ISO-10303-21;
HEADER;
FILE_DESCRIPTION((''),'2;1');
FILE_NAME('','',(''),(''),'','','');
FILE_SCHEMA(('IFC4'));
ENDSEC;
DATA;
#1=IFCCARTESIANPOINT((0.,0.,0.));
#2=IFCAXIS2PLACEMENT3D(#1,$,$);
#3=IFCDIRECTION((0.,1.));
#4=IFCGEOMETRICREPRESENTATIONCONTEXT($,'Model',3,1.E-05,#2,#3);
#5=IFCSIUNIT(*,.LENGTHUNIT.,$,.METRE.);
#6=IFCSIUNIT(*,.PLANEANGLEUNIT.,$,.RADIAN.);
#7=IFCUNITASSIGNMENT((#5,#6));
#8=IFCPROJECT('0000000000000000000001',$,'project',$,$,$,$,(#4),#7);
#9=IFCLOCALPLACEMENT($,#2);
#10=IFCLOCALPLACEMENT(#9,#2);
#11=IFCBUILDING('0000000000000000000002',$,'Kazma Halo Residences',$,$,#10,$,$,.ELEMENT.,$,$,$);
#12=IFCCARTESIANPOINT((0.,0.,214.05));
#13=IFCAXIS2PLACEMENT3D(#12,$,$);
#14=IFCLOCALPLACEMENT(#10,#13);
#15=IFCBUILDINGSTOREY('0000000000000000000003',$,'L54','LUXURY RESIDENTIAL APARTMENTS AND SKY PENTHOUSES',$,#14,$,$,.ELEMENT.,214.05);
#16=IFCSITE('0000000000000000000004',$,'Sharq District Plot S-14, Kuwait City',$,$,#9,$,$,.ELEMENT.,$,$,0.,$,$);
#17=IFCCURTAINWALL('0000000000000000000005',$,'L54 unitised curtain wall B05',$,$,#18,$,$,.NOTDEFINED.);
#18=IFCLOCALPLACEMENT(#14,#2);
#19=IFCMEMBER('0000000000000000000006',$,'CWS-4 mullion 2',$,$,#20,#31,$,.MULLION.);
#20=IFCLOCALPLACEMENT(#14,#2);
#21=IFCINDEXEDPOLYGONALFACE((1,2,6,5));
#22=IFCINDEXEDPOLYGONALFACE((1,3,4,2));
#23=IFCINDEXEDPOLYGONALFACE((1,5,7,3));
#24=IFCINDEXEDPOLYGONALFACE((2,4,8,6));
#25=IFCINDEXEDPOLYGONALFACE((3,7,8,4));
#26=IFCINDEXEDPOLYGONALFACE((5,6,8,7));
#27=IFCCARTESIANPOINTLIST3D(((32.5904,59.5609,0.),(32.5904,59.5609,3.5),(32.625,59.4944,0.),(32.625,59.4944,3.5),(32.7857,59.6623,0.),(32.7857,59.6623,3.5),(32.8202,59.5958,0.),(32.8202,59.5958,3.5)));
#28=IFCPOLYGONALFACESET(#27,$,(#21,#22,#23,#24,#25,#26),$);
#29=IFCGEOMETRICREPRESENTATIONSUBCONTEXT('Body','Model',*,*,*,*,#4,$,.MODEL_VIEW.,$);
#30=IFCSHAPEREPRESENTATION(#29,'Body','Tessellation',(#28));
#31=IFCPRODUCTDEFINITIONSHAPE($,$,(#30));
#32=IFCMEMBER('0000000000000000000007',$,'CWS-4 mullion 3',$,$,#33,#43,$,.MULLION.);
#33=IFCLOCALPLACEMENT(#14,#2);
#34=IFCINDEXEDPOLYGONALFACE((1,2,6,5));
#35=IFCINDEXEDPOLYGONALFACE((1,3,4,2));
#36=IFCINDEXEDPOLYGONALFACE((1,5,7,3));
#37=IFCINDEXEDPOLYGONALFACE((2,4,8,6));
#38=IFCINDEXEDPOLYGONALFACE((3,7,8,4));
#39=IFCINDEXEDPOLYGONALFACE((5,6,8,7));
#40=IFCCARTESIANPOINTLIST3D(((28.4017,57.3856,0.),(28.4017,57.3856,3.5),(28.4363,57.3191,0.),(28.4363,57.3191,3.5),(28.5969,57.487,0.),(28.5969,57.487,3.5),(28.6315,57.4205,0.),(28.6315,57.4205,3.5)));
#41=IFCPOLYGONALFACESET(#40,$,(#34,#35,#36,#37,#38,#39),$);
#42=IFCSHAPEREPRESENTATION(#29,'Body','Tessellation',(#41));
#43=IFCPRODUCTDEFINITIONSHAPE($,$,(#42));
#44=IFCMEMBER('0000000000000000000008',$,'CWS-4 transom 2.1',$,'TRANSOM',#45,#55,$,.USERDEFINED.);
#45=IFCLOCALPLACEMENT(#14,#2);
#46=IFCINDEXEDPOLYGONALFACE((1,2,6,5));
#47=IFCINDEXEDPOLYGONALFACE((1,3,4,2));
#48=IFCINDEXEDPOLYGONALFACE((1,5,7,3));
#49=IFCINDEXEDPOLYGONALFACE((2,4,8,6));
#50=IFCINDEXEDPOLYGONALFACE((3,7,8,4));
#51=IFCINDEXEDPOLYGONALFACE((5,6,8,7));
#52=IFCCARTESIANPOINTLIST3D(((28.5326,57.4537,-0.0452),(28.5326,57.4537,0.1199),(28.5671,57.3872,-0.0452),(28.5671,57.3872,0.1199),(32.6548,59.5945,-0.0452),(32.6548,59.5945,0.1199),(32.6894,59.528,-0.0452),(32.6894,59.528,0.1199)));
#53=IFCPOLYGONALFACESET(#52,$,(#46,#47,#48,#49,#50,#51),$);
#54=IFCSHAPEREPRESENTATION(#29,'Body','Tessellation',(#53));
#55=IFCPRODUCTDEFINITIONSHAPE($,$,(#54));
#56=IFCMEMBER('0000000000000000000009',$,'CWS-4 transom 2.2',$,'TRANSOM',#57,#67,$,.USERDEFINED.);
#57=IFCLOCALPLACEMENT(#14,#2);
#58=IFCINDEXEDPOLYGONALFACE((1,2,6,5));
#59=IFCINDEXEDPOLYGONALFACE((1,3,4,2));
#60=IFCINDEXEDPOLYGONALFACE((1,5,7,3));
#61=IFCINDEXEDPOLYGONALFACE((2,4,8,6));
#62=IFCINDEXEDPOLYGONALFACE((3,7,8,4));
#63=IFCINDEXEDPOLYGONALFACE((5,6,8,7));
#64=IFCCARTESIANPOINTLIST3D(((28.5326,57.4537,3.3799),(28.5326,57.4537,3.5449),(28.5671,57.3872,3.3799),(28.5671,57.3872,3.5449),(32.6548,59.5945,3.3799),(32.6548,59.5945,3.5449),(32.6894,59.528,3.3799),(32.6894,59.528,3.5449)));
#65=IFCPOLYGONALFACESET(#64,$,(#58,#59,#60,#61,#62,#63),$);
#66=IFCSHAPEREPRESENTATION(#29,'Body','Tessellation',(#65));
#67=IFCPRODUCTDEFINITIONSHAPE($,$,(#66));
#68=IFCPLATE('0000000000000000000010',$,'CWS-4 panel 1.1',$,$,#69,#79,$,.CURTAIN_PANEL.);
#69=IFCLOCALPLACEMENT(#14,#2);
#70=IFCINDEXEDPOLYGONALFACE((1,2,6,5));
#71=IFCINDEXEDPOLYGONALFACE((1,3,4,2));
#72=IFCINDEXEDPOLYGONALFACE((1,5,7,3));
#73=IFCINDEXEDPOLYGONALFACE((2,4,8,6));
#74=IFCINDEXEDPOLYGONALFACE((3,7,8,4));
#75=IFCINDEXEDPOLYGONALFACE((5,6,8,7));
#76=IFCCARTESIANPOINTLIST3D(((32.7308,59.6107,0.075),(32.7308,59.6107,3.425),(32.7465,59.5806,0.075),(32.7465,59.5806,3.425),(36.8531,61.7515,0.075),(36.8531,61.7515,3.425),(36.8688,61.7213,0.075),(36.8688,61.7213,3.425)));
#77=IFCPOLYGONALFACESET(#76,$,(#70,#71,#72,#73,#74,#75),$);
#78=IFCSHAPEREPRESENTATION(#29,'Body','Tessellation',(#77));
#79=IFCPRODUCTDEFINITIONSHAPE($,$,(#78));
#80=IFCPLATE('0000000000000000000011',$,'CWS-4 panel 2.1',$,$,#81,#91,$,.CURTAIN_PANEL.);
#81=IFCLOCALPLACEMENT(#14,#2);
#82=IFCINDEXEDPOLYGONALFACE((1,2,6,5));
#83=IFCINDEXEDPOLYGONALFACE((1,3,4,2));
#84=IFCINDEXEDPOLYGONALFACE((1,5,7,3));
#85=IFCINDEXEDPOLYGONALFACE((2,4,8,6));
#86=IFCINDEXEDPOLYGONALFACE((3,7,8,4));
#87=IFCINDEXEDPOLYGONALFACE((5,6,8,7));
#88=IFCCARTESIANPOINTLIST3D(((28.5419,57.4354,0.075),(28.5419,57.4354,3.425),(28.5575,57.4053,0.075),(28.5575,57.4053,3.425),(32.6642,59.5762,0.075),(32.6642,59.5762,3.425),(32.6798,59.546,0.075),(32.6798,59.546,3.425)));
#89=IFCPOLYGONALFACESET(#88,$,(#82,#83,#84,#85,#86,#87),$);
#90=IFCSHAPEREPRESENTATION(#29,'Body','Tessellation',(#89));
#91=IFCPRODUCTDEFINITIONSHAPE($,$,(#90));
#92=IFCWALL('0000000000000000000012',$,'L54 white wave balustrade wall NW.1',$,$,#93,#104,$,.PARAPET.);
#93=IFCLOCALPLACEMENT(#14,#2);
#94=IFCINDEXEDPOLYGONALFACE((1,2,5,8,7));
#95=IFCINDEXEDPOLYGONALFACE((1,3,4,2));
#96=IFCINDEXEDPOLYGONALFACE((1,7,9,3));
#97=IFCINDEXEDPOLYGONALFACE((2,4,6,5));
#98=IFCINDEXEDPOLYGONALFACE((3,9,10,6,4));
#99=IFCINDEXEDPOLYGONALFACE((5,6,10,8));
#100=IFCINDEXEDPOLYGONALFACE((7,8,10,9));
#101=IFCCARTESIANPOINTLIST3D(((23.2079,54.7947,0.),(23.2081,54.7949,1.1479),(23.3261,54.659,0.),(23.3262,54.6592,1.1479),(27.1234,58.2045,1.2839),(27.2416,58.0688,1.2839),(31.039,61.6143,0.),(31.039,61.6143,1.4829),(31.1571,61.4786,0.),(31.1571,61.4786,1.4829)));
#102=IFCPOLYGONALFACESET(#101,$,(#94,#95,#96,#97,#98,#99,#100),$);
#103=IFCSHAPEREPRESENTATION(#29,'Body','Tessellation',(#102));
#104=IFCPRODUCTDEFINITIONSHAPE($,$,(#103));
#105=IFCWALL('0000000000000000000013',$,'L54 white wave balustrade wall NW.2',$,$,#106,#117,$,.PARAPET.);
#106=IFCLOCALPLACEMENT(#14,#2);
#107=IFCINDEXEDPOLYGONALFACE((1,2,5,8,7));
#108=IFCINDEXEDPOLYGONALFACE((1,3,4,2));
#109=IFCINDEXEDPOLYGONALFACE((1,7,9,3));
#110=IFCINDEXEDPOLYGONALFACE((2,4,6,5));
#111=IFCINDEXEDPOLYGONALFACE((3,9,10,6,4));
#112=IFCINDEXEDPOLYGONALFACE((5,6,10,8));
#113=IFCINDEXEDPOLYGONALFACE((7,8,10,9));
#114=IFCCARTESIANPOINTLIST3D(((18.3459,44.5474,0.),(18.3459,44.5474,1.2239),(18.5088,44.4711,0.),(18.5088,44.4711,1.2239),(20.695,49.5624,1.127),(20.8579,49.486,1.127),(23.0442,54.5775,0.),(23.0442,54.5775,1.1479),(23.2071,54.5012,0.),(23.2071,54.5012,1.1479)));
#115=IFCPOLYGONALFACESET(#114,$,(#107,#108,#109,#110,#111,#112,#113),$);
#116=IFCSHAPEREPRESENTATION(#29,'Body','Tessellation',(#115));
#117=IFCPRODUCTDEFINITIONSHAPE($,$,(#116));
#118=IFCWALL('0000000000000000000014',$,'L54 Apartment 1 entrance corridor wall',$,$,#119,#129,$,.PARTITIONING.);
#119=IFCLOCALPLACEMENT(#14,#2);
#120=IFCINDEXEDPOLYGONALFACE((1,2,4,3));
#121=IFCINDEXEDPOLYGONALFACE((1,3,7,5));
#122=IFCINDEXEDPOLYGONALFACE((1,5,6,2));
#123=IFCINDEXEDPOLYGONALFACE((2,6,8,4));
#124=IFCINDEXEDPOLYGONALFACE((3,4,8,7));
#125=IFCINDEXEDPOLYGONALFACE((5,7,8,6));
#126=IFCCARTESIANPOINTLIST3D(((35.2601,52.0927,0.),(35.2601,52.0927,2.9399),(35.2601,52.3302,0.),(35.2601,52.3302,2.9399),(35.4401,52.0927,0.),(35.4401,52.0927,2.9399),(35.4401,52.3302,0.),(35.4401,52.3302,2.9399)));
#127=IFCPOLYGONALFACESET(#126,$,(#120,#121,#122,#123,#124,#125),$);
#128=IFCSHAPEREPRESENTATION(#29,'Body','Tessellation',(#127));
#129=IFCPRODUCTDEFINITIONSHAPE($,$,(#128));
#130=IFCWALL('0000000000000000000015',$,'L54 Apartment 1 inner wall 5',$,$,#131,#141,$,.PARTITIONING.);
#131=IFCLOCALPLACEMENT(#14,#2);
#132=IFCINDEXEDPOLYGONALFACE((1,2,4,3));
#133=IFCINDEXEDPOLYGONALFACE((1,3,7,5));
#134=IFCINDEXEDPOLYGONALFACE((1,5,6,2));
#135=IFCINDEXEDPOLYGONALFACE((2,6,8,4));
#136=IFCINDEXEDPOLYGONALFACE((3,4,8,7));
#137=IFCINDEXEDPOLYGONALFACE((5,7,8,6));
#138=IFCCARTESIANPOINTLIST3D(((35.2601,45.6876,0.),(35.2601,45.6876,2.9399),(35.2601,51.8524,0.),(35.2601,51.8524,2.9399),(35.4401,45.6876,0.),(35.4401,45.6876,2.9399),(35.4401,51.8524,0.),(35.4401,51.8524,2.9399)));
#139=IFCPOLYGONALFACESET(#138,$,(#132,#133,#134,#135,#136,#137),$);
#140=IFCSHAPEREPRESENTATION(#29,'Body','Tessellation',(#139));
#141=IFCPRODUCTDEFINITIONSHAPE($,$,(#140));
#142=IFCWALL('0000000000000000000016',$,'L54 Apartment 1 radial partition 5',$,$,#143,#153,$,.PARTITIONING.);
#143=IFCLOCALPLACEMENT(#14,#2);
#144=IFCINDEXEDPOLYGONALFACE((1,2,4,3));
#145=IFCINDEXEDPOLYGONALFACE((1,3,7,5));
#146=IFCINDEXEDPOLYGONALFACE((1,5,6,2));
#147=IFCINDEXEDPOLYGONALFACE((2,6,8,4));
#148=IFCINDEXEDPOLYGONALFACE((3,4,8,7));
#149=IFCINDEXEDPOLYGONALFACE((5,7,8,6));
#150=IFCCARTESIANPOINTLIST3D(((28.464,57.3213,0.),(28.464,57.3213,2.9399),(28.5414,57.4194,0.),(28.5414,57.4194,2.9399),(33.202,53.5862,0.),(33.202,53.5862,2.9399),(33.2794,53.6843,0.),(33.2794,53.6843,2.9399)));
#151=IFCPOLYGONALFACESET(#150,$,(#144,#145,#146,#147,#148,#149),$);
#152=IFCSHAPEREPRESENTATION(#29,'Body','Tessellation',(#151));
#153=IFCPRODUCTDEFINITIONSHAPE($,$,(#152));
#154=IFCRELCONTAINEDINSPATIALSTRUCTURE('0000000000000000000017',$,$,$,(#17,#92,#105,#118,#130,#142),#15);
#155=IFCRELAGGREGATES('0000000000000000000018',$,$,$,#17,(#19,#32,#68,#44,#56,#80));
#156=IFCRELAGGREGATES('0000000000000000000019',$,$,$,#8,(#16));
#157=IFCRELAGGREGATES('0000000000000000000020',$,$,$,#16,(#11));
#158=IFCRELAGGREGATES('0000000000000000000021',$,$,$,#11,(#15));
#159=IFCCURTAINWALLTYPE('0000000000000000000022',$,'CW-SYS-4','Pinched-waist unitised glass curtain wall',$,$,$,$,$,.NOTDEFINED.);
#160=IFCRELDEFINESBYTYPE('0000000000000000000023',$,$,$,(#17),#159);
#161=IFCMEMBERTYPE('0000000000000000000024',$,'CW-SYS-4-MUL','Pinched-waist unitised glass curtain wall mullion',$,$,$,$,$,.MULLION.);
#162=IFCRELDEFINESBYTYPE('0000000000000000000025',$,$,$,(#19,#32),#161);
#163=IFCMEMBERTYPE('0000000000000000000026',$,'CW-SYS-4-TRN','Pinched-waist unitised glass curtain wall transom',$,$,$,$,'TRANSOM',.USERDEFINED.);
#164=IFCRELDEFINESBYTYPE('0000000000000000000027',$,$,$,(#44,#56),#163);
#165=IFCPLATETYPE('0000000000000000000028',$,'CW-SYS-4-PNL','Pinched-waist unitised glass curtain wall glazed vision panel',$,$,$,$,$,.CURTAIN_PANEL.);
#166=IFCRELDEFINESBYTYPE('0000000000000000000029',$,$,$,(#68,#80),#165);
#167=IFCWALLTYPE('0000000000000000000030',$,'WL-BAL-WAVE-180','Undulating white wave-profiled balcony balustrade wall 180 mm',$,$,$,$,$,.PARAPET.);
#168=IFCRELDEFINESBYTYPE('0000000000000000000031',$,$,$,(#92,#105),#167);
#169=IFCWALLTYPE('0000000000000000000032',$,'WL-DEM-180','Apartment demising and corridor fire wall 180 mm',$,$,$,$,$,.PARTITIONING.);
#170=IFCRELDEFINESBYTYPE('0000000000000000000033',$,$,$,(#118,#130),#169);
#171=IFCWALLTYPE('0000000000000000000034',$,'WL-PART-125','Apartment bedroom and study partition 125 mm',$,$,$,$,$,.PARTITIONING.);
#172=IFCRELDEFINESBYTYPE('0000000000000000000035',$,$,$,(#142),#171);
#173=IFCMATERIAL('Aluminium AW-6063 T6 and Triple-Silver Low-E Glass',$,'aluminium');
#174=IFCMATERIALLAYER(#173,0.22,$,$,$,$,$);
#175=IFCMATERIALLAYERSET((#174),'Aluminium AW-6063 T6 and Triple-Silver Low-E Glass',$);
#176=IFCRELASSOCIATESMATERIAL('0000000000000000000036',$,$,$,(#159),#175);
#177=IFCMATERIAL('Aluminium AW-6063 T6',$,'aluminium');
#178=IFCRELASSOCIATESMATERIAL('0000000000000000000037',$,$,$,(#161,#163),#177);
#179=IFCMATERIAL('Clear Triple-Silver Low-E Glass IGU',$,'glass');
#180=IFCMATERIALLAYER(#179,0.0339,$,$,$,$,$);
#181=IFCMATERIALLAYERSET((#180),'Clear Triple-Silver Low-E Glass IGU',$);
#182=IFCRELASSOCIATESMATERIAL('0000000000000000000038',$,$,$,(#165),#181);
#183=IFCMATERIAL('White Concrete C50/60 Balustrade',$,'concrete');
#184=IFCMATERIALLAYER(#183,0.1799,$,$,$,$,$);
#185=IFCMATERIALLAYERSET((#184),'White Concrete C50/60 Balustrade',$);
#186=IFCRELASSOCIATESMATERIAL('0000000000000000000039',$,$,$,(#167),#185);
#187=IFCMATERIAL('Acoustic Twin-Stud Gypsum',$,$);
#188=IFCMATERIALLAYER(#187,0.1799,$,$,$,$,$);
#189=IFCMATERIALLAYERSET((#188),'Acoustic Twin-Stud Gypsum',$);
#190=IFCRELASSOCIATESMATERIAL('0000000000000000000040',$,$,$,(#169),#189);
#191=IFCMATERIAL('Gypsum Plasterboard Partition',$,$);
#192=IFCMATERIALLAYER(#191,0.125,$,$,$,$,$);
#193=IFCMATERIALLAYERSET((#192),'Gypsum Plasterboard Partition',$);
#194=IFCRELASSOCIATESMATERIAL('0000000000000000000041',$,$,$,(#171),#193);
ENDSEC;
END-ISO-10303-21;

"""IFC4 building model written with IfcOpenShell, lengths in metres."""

from ifc_helpers import new_model, si_unit, direction, frame, frame_2d, origin, origin_2d, place, context, subcontext, project, spatial, polyline, rectangle, outline, extrude, material, layer, layer_set, material_profile, profile_set, type_object, element, aggregate, save


model = new_model("IFC4")

# Units and contexts
model_context = context("Model", 3, precision=1e-05, world=origin(), true_north=direction((0.0, 1.0)))
body_context = subcontext(model_context, "Body", "Model", "MODEL_VIEW")
ifc_project = project(units=[si_unit("LENGTHUNIT", "METRE"), si_unit("PLANEANGLEUNIT", "RADIAN")], contexts=[model_context])

# Site, building, storey
site_placement = place(None, origin())
site = spatial("IfcSite", under=ifc_project, at=site_placement, Name="Sharq District Plot S-14, Kuwait City", CompositionType="ELEMENT", RefElevation=0.0)
building_placement = place(site_placement, origin())
building = spatial("IfcBuilding", under=site, at=building_placement, Name="Kazma Halo Residences", CompositionType="ELEMENT")
storey_placement = place(building_placement, frame((0.0, 0.0, 214.05)))
storey = spatial("IfcBuildingStorey", under=building, at=storey_placement, Name="L54", Description="LUXURY RESIDENTIAL APARTMENTS AND SKY PENTHOUSES", CompositionType="ELEMENT", Elevation=214.05)

# Curtain wall, members, plates
ifc_material_1 = material(Name="Aluminium AW-6063 T6 and Triple-Silver Low-E Glass", Category="aluminium")
ifc_layer_1 = layer(ifc_material_1, 0.22)
ifc_layer_set_1 = layer_set([ifc_layer_1], Name="Aluminium AW-6063 T6 and Triple-Silver Low-E Glass")
curtain_wall_type = type_object("IfcCurtainWallType", Name="CW-SYS-4", Description="Pinched-waist unitised glass curtain wall", PredefinedType="NOTDEFINED", material=ifc_layer_set_1)
curtain_wall_placement = place(storey_placement, origin())
curtain_wall = element("IfcCurtainWall", 1, at=curtain_wall_placement, inside=storey, type_object=curtain_wall_type, Name="L54 unitised curtain wall B05", PredefinedType="NOTDEFINED")
ifc_material_2 = material(Name="Aluminium AW-6063 T6", Category="aluminium")
ifc_material_profile_1 = material_profile(ifc_material_2, rectangle(XDim=0.075, YDim=0.22, at=origin_2d()), Name="CWM-75x220")
ifc_profile_set_1 = profile_set([ifc_material_profile_1], Name="Aluminium AW-6063 T6")
member_type_1 = type_object("IfcMemberType", Name="CW-SYS-4-MUL", Description="Pinched-waist unitised glass curtain wall mullion", PredefinedType="MULLION", material=ifc_profile_set_1)
member_1_placement = place(storey_placement, frame((32.7053, 59.5784, 0.0), z_axis=(0.0, 0.0, 1.0), x_axis=(0.460874, -0.887466, 0.0)))
member_1 = element("IfcMember", 2, at=member_1_placement, type_object=member_type_1, Name="CWS-4 mullion 2", PredefinedType="MULLION", context=body_context, shape_type="SweptSolid", body=[
    extrude(rectangle(XDim=0.075, YDim=0.22, at=origin_2d()), origin(), (0.0, 0.0, 1.0), 3.5),
])
member_2_placement = place(storey_placement, frame((28.5166, 57.4031, 0.0), z_axis=(0.0, 0.0, 1.0), x_axis=(0.460874, -0.887466, 0.0)))
member_2 = element("IfcMember", 3, at=member_2_placement, type_object=member_type_1, Name="CWS-4 mullion 3", PredefinedType="MULLION", context=body_context, shape_type="SweptSolid", body=[
    extrude(rectangle(XDim=0.075, YDim=0.22, at=origin_2d()), origin(), (0.0, 0.0, 1.0), 3.5),
])
ifc_material_profile_2 = material_profile(ifc_material_2, rectangle(XDim=0.075, YDim=0.165, at=origin_2d()), Name="CWT-75x165")
ifc_profile_set_2 = profile_set([ifc_material_profile_2], Name="Aluminium AW-6063 T6")
member_type_2 = type_object("IfcMemberType", Name="CW-SYS-4-TRN", Description="Pinched-waist unitised glass curtain wall transom", ElementType="TRANSOM", PredefinedType="USERDEFINED", material=ifc_profile_set_2)
member_3_placement = place(storey_placement, frame((32.6721, 59.5613, 0.0374), z_axis=(-0.887458, -0.460889, 0.0), x_axis=(0.460889, -0.887458, 0.0)))
member_3 = element("IfcMember", 4, at=member_3_placement, type_object=member_type_2, Name="CWS-4 transom 2.1", ObjectType="TRANSOM", PredefinedType="USERDEFINED", context=body_context, shape_type="SweptSolid", body=[
    extrude(rectangle(XDim=0.075, YDim=0.165, at=origin_2d()), origin(), (0.0, 0.0, 1.0), 4.645),
])
member_4_placement = place(storey_placement, frame((32.6721, 59.5613, 3.4624), z_axis=(-0.887458, -0.460889, 0.0), x_axis=(0.460889, -0.887458, 0.0)))
member_4 = element("IfcMember", 5, at=member_4_placement, type_object=member_type_2, Name="CWS-4 transom 2.2", ObjectType="TRANSOM", PredefinedType="USERDEFINED", context=body_context, shape_type="SweptSolid", body=[
    extrude(rectangle(XDim=0.075, YDim=0.165, at=origin_2d()), origin(), (0.0, 0.0, 1.0), 4.645),
])
ifc_material_3 = material(Name="Clear Triple-Silver Low-E Glass IGU", Category="glass")
ifc_layer_2 = layer(ifc_material_3, 0.0339)
ifc_layer_set_2 = layer_set([ifc_layer_2], Name="Clear Triple-Silver Low-E Glass IGU")
plate_type = type_object("IfcPlateType", Name="CW-SYS-4-PNL", Description="Pinched-waist unitised glass curtain wall glazed vision panel", PredefinedType="CURTAIN_PANEL", material=ifc_layer_set_2)
plate_1_placement = place(storey_placement, frame((34.7998, 60.666, 0.075), z_axis=(0.0, 0.0, 1.0), x_axis=(-0.887466, -0.460874, 0.0)))
plate_1 = element("IfcPlate", 6, at=plate_1_placement, type_object=plate_type, Name="CWS-4 panel 1.1", PredefinedType="CURTAIN_PANEL", context=body_context, shape_type="SweptSolid", body=[
    extrude(rectangle(XDim=4.645, YDim=0.0339, at=origin_2d()), origin(), (0.0, 0.0, 1.0), 3.3501),
])
plate_2_placement = place(storey_placement, frame((30.6108, 58.4907, 0.075), z_axis=(0.0, 0.0, 1.0), x_axis=(-0.887466, -0.460874, 0.0)))
plate_2 = element("IfcPlate", 7, at=plate_2_placement, type_object=plate_type, Name="CWS-4 panel 2.1", PredefinedType="CURTAIN_PANEL", context=body_context, shape_type="SweptSolid", body=[
    extrude(rectangle(XDim=4.645, YDim=0.0339, at=origin_2d()), origin(), (0.0, 0.0, 1.0), 3.3501),
])
aggregate(curtain_wall, [member_1, member_2, plate_1, member_3, member_4, plate_2])

# Walls
ifc_material_4 = material(Name="White Concrete C50/60 Balustrade", Category="concrete")
ifc_layer_3 = layer(ifc_material_4, 0.1799)
ifc_layer_set_3 = layer_set([ifc_layer_3], Name="White Concrete C50/60 Balustrade")
wall_type_1 = type_object("IfcWallType", Name="WL-BAL-WAVE-180", Description="Undulating white wave-profiled balcony balustrade wall 180 mm", PredefinedType="PARAPET", material=ifc_layer_set_3)
wall_1_placement = place(storey_placement, frame((31.0981, 61.5464, 0.0), z_axis=(0.0, 0.0, 1.0), x_axis=(-0.75413, -0.656725, 0.0)))
element("IfcWall", 8, at=wall_1_placement, inside=storey, type_object=wall_type_1, Name="L54 white wave balustrade wall NW.1", PredefinedType="PARAPET", context=body_context, shape_type="SweptSolid", body=[
    extrude(outline(polyline([(0.0, 0.0), (10.3843, 0.0), (10.384, 1.1479), (5.1921, 1.2839), (0.0, 1.4829), (0.0, 0.0)])), frame((0.0, 0.0898, 0.0), z_axis=(0.0, -1.0, 0.0), x_axis=(1.0, 0.0, 0.0)), (0.0, 0.0, 1.0), 0.1799),
])
wall_2_placement = place(storey_placement, frame((23.1257, 54.5393, 0.0), z_axis=(0.0, 0.0, 1.0), x_axis=(-0.424187, -0.905575, 0.0)))
element("IfcWall", 9, at=wall_2_placement, inside=storey, type_object=wall_type_1, Name="L54 white wave balustrade wall NW.2", PredefinedType="PARAPET", context=body_context, shape_type="SweptSolid", body=[
    extrude(outline(polyline([(0.0, 0.0), (11.0759, 0.0), (11.0759, 1.2239), (5.5381, 1.127), (0.0, 1.1479), (0.0, 0.0)])), frame((0.0, 0.0898, 0.0), z_axis=(0.0, -1.0, 0.0), x_axis=(1.0, 0.0, 0.0)), (0.0, 0.0, 1.0), 0.1799),
])
ifc_material_5 = material(Name="Acoustic Twin-Stud Gypsum")
ifc_layer_4 = layer(ifc_material_5, 0.1799)
ifc_layer_set_4 = layer_set([ifc_layer_4], Name="Acoustic Twin-Stud Gypsum")
wall_type_2 = type_object("IfcWallType", Name="WL-DEM-180", Description="Apartment demising and corridor fire wall 180 mm", PredefinedType="PARTITIONING", material=ifc_layer_set_4)
wall_3_placement = place(storey_placement, frame((35.3501, 52.3301, 0.0), z_axis=(0.0, 0.0, 1.0), x_axis=(0.0, -1.0, 0.0)))
element("IfcWall", 10, at=wall_3_placement, inside=storey, type_object=wall_type_2, Name="L54 Apartment 1 entrance corridor wall", PredefinedType="PARTITIONING", context=body_context, shape_type="SweptSolid", body=[
    extrude(rectangle(XDim=0.2375, YDim=0.1799, at=frame_2d((0.1187, 0.0))), origin(), (0.0, 0.0, 1.0), 2.9399),
])
wall_4_placement = place(storey_placement, frame((35.3501, 51.8525, 0.0), z_axis=(0.0, 0.0, 1.0), x_axis=(0.0, -1.0, 0.0)))
element("IfcWall", 11, at=wall_4_placement, inside=storey, type_object=wall_type_2, Name="L54 Apartment 1 inner wall 5", PredefinedType="PARTITIONING", context=body_context, shape_type="SweptSolid", body=[
    extrude(rectangle(XDim=6.1648, YDim=0.1799, at=frame_2d((3.0825, 0.0))), origin(), (0.0, 0.0, 1.0), 2.9399),
])

# Wall
ifc_material_6 = material(Name="Gypsum Plasterboard Partition")
ifc_layer_5 = layer(ifc_material_6, 0.125)
ifc_layer_set_5 = layer_set([ifc_layer_5], Name="Gypsum Plasterboard Partition")
wall_type_3 = type_object("IfcWallType", Name="WL-PART-125", Description="Apartment bedroom and study partition 125 mm", PredefinedType="PARTITIONING", material=ifc_layer_set_5)
wall_5_placement = place(storey_placement, frame((33.2407, 53.6353, 0.0), z_axis=(0.0, 0.0, 1.0), x_axis=(-0.785322, 0.619088, 0.0)))
element("IfcWall", 12, at=wall_5_placement, inside=storey, type_object=wall_type_3, Name="L54 Apartment 1 radial partition 5", PredefinedType="PARTITIONING", context=body_context, shape_type="SweptSolid", body=[
    extrude(rectangle(XDim=6.0332, YDim=0.125, at=frame_2d((3.0166, 0.0))), origin(), (0.0, 0.0, 1.0), 2.9399),
])

save(model, "model.ifc")
